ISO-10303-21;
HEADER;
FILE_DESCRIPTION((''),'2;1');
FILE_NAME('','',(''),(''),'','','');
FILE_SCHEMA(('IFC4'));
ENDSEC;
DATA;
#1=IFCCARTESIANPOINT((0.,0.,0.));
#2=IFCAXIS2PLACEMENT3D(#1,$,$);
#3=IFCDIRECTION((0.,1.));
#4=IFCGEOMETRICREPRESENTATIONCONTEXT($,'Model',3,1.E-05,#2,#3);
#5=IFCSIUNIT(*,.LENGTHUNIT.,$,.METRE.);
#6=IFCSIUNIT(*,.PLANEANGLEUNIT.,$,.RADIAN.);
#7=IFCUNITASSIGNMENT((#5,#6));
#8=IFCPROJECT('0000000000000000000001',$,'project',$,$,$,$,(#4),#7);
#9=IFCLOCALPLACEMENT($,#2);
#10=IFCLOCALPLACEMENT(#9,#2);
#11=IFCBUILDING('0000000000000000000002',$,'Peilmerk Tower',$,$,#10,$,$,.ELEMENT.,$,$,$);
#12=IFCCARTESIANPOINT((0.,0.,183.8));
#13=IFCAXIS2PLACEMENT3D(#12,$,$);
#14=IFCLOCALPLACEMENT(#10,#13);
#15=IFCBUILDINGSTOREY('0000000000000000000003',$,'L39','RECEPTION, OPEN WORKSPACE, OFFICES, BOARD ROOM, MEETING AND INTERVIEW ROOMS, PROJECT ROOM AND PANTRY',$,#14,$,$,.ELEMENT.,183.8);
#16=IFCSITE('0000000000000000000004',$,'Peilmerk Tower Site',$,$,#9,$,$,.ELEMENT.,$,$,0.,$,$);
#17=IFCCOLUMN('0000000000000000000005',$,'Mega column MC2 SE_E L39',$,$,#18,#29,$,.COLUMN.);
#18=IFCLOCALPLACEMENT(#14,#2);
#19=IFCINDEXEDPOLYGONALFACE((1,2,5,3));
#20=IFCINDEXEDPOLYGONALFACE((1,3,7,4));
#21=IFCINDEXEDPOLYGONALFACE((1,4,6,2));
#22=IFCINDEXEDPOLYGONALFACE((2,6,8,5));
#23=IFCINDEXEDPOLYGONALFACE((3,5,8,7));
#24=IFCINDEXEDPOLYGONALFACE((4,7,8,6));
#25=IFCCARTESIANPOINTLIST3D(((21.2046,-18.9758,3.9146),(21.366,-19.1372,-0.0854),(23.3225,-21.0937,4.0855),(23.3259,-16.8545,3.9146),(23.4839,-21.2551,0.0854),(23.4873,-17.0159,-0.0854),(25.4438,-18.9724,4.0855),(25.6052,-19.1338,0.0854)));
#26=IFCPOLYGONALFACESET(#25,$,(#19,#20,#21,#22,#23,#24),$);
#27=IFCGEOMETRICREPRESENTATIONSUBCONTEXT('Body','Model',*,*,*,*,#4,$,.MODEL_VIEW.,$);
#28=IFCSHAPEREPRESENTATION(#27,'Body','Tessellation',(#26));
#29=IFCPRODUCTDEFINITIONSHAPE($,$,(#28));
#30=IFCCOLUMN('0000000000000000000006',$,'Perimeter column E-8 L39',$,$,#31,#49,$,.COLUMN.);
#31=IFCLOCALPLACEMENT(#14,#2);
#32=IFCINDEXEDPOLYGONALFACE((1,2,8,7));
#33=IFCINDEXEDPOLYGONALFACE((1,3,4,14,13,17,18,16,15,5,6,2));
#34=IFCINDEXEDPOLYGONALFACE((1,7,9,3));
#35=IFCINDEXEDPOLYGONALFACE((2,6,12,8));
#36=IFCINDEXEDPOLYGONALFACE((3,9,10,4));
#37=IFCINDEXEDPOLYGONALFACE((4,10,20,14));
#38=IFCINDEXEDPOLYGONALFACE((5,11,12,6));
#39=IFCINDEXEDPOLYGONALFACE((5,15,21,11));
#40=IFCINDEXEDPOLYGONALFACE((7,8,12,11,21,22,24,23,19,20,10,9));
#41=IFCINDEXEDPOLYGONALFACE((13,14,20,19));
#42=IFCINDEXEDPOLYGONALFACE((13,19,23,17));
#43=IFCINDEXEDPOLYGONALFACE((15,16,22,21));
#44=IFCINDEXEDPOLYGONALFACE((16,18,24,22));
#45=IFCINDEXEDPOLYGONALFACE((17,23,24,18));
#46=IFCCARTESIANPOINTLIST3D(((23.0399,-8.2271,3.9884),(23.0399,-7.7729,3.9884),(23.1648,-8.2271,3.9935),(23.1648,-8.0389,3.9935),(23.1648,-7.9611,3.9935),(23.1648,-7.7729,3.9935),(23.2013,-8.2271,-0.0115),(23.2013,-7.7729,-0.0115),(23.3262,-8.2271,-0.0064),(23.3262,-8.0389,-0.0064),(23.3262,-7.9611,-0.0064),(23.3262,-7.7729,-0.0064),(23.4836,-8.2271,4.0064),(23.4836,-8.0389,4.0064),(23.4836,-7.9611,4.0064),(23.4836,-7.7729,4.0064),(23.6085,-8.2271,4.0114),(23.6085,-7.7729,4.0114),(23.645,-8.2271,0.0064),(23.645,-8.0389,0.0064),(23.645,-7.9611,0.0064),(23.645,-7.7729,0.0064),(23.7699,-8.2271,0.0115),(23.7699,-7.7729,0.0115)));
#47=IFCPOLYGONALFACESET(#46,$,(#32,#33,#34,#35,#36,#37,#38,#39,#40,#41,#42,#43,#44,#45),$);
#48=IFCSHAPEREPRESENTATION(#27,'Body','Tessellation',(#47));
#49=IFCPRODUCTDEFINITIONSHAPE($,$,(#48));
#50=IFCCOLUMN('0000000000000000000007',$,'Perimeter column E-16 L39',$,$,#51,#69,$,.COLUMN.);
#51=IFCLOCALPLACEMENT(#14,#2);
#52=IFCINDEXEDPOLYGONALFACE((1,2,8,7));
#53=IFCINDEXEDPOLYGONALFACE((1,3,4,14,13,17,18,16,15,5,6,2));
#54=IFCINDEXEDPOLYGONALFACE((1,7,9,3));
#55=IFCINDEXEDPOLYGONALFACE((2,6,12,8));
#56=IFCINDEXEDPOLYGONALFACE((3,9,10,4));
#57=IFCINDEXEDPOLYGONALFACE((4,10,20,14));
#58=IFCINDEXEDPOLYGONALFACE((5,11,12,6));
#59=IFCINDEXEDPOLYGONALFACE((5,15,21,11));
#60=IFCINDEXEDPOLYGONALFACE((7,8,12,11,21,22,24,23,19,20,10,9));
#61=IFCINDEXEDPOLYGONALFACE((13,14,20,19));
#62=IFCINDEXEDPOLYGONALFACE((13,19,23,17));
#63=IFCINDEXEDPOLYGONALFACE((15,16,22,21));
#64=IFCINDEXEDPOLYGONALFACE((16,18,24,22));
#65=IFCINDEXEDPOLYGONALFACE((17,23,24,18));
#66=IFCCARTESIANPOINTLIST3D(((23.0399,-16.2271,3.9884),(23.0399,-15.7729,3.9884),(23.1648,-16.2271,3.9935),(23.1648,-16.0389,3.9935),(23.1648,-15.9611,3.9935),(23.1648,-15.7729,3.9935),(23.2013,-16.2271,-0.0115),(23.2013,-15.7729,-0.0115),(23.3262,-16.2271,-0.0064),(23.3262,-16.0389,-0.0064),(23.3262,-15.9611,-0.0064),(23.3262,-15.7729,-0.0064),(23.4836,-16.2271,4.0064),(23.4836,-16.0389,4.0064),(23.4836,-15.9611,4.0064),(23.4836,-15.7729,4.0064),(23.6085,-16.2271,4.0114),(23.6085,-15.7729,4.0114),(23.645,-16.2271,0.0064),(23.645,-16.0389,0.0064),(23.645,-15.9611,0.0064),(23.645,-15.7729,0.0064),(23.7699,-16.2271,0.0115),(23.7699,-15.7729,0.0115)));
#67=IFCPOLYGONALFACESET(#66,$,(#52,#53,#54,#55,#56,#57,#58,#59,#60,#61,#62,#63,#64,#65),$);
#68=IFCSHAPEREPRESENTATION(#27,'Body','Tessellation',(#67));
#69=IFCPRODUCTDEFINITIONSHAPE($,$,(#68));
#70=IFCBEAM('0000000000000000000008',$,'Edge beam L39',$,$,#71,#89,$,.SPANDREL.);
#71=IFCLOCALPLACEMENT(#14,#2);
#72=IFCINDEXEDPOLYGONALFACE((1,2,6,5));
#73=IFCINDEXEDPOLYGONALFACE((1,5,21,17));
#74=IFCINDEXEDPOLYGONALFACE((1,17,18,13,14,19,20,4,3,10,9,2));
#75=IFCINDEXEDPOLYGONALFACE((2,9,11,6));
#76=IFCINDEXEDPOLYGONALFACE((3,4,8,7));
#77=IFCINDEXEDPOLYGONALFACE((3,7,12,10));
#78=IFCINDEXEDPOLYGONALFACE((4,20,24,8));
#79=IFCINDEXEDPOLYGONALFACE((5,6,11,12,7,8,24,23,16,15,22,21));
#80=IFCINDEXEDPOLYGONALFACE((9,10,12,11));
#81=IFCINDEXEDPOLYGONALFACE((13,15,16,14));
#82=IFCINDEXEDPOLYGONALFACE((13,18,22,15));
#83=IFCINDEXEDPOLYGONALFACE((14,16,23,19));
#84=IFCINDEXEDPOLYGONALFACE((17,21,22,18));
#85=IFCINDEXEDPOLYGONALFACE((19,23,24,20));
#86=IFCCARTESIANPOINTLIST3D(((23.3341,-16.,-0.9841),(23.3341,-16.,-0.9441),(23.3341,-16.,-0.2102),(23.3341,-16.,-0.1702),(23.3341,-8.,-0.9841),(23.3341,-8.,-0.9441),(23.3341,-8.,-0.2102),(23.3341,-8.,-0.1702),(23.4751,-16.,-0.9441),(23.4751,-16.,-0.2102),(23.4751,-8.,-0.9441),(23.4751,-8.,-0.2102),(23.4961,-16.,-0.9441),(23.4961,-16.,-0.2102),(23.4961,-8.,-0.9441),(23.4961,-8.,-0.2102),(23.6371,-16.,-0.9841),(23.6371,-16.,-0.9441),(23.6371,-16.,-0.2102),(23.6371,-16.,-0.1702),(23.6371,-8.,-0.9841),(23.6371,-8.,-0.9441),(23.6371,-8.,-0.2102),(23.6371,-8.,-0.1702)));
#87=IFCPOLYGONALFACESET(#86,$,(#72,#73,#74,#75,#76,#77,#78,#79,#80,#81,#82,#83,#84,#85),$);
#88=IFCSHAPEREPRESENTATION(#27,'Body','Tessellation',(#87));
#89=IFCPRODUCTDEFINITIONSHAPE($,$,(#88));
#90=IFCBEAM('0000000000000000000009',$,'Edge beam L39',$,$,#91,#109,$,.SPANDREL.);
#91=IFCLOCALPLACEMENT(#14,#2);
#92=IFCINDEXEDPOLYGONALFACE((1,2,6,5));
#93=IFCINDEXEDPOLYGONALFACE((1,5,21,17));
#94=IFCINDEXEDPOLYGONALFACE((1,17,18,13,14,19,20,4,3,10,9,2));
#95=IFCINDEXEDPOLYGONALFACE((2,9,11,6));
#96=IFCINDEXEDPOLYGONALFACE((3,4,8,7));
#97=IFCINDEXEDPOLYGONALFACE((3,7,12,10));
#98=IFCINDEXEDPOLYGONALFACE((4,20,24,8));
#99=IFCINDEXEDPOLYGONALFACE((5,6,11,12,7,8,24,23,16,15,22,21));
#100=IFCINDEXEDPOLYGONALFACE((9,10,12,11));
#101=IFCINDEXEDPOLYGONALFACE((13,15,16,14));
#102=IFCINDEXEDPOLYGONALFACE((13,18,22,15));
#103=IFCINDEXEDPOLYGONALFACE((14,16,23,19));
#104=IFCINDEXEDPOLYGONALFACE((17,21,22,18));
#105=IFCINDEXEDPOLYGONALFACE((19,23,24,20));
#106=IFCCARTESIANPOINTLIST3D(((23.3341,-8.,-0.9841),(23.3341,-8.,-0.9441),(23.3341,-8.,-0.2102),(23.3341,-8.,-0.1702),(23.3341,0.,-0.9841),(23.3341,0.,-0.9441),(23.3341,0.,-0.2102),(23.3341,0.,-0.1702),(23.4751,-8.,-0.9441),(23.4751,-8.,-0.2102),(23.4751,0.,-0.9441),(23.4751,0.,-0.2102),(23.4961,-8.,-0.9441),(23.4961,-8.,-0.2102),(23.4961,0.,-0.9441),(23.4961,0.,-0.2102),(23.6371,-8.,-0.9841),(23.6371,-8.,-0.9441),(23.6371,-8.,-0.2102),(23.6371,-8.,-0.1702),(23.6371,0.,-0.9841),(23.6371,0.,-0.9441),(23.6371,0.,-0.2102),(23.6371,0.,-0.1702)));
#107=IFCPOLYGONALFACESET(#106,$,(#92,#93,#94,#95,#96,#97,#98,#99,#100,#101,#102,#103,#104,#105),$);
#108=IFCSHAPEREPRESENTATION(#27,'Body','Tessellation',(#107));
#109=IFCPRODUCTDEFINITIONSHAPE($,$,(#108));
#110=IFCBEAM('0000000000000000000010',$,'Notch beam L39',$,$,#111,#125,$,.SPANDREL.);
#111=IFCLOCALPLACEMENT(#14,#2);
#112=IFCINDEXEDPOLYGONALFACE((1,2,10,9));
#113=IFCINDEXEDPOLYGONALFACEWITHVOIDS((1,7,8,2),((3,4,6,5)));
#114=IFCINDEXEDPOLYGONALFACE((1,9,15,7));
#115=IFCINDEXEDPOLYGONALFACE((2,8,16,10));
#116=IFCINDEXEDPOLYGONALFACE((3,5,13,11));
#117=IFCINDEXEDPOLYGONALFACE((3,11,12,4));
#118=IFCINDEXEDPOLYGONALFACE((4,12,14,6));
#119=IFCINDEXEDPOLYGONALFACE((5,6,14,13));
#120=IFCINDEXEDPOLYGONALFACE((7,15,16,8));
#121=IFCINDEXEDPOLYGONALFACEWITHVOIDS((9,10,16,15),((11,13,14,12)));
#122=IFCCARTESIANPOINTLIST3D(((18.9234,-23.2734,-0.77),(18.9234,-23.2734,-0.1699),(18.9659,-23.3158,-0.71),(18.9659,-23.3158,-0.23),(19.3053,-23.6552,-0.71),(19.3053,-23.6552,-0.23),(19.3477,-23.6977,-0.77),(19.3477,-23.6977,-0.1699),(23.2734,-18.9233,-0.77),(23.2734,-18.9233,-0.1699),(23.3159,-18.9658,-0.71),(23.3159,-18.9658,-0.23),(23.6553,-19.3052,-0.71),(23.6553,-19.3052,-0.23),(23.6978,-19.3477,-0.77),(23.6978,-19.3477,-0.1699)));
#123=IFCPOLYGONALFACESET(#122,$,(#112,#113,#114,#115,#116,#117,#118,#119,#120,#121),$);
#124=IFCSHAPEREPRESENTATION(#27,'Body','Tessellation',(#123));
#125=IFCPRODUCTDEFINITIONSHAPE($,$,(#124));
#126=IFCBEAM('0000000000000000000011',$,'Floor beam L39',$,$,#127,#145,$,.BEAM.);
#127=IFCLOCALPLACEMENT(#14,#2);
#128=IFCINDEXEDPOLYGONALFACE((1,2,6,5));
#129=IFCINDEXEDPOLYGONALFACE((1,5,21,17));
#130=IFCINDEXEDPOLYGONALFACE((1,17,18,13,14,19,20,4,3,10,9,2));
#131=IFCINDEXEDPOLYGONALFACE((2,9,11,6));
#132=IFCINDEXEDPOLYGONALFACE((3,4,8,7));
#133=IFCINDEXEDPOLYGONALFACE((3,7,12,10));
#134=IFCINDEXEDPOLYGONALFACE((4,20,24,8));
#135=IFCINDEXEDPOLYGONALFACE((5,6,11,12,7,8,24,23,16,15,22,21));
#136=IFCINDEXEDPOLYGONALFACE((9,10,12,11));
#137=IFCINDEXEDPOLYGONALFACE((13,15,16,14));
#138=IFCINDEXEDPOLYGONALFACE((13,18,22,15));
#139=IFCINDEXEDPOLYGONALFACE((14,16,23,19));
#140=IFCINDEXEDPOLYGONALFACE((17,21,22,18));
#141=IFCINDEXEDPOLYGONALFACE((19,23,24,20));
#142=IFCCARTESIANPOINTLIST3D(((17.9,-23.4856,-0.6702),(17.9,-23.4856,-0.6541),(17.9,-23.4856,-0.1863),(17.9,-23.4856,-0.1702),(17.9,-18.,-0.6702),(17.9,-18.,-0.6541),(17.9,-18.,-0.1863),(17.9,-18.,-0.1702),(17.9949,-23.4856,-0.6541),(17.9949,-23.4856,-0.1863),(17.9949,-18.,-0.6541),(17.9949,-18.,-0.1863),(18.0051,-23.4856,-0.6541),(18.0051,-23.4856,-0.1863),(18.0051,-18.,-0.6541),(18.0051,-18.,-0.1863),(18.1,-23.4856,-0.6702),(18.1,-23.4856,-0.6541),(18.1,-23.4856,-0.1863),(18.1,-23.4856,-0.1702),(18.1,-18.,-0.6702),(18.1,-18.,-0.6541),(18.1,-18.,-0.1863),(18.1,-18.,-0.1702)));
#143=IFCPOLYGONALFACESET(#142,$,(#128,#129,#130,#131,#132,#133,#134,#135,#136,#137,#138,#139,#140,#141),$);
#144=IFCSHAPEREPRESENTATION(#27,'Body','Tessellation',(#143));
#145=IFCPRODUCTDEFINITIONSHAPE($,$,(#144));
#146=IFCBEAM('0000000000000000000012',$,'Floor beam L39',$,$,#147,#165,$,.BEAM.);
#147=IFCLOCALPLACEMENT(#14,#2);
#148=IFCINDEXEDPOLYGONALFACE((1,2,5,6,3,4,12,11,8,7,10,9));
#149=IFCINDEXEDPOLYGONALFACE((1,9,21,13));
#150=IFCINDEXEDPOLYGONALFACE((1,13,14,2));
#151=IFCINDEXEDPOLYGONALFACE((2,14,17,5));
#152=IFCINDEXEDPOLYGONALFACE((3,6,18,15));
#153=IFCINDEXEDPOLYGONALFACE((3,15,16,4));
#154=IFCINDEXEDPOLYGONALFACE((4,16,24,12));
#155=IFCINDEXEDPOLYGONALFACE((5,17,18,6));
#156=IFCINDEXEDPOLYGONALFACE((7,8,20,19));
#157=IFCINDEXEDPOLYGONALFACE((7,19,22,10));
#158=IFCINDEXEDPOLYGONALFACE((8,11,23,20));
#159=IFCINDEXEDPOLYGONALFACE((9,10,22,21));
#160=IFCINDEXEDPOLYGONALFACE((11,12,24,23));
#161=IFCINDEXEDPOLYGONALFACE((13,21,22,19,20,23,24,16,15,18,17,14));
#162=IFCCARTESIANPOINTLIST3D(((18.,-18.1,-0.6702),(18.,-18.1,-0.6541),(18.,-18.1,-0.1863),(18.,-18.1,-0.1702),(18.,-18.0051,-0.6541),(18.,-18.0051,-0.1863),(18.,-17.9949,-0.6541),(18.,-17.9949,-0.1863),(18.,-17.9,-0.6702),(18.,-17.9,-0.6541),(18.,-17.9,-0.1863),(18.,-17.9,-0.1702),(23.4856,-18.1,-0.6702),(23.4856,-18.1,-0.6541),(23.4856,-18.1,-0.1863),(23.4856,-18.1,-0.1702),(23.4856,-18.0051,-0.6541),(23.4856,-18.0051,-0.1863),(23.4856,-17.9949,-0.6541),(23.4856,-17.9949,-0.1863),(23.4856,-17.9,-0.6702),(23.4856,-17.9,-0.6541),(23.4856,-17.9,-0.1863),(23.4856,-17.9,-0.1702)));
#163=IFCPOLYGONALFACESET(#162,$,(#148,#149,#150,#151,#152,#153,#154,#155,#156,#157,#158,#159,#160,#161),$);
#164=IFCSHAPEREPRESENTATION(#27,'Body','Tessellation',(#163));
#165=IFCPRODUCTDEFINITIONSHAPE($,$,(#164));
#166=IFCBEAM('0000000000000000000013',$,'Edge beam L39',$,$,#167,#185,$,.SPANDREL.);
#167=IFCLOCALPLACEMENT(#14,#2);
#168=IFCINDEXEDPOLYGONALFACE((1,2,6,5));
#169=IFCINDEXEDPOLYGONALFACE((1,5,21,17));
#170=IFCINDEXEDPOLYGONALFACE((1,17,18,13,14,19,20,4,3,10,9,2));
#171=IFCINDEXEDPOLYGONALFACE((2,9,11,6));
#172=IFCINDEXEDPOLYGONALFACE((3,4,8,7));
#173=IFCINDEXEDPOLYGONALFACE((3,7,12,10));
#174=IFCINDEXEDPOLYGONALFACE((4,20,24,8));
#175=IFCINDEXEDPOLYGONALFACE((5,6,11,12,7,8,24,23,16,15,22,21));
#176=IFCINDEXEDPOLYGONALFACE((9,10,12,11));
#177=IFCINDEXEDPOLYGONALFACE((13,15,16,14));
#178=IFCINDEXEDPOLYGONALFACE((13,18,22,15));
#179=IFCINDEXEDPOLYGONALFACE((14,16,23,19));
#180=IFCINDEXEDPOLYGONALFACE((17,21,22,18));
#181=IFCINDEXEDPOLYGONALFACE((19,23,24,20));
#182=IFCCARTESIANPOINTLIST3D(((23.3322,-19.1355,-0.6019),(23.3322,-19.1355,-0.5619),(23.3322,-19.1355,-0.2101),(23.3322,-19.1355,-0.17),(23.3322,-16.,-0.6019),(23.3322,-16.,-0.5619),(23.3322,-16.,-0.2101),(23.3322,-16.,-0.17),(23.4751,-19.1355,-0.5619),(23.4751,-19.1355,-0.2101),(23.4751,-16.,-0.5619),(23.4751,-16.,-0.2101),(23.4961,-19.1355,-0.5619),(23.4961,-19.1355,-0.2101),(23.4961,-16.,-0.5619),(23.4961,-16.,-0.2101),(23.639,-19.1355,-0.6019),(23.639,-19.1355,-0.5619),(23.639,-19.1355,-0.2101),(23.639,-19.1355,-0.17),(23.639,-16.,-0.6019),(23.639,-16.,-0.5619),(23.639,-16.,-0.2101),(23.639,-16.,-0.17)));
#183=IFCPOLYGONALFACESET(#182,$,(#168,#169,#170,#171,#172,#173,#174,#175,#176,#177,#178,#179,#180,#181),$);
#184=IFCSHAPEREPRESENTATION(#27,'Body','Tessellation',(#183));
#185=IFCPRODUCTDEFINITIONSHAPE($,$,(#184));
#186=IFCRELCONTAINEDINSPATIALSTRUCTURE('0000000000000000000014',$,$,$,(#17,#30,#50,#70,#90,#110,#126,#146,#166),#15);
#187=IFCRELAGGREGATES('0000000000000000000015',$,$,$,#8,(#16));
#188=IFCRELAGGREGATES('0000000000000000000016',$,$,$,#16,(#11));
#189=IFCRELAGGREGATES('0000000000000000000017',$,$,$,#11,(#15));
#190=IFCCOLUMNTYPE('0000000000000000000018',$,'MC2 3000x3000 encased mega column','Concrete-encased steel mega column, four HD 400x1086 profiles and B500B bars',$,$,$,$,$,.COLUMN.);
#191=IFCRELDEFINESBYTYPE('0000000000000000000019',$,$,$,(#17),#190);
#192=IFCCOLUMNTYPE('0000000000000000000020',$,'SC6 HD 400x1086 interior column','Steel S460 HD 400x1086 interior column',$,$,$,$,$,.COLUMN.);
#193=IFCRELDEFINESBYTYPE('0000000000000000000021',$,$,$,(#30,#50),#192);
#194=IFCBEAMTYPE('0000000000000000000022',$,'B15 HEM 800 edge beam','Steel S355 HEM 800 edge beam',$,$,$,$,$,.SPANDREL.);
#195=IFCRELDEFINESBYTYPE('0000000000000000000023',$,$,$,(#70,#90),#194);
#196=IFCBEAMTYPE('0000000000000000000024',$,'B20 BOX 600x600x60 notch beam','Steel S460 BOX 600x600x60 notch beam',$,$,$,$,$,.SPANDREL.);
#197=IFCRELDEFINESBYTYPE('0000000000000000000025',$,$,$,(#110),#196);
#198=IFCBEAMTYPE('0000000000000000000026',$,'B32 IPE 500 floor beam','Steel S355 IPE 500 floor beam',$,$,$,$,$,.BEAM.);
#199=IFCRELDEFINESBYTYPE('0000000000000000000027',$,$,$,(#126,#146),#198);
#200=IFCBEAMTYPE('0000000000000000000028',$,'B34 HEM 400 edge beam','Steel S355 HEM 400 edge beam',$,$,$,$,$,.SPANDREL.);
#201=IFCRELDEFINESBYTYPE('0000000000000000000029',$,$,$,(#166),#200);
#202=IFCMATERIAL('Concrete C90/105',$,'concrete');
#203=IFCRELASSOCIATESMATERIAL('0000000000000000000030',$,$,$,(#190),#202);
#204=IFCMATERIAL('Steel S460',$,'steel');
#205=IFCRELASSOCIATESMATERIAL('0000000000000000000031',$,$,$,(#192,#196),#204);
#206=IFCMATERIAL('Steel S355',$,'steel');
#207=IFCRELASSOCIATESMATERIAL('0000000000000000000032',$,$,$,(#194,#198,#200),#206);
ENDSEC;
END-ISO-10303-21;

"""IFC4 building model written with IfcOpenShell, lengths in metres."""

from ifc_helpers import new_model, si_unit, direction, frame, origin, origin_2d, place, context, subcontext, project, spatial, rectangle, hollow_rectangle, i_section, extrude, material, material_profile, profile_set, type_object, element, save


model = new_model("IFC4")

# Units and contexts
model_context = context("Model", 3, precision=1e-05, world=origin(), true_north=direction((0.0, 1.0)))
body_context = subcontext(model_context, "Body", "Model", "MODEL_VIEW")
ifc_project = project(units=[si_unit("LENGTHUNIT", "METRE"), si_unit("PLANEANGLEUNIT", "RADIAN")], contexts=[model_context])

# Site, building, storey
site_placement = place(None, origin())
site = spatial("IfcSite", under=ifc_project, at=site_placement, Name="Peilmerk Tower Site", CompositionType="ELEMENT", RefElevation=0.0)
building_placement = place(site_placement, origin())
building = spatial("IfcBuilding", under=site, at=building_placement, Name="Peilmerk Tower", CompositionType="ELEMENT")
storey_placement = place(building_placement, frame((0.0, 0.0, 183.8)))
storey = spatial("IfcBuildingStorey", under=building, at=storey_placement, Name="L39", Description="RECEPTION, OPEN WORKSPACE, OFFICES, BOARD ROOM, MEETING AND INTERVIEW ROOMS, PROJECT ROOM AND PANTRY", CompositionType="ELEMENT", Elevation=183.8)

# Columns
ifc_material_1 = material(Name="Concrete C90/105", Category="concrete")
ifc_material_profile_1 = material_profile(ifc_material_1, rectangle(XDim=3.0, YDim=3.0, at=origin_2d()), Name="RC 3000x3000")
ifc_profile_set_1 = profile_set([ifc_material_profile_1], Name="Concrete C90/105")
column_type_1 = type_object("IfcColumnType", Name="MC2 3000x3000 encased mega column", Description="Concrete-encased steel mega column, four HD 400x1086 profiles and B500B bars", PredefinedType="COLUMN", material=ifc_profile_set_1)
column_placement = place(storey_placement, frame((23.4856, -19.1355, 0.0), z_axis=(-0.040279, 0.040279, 0.998376), x_axis=(-0.707107, -0.707107, 0.0)))
element("IfcColumn", 1, at=column_placement, inside=storey, type_object=column_type_1, Name="Mega column MC2 SE_E L39", PredefinedType="COLUMN", context=body_context, shape_type="SweptSolid", body=[
    extrude(rectangle(XDim=3.0, YDim=3.0, at=origin_2d()), origin(), (0.0, 0.0, 1.0), 4.0066),
])
ifc_material_2 = material(Name="Steel S460", Category="steel")
ifc_material_profile_2 = material_profile(ifc_material_2, i_section(OverallWidth=0.4541, OverallDepth=0.5691, WebThickness=0.0779, FlangeThickness=0.125, at=origin_2d()), Name="HD 400x1086")
ifc_profile_set_2 = profile_set([ifc_material_profile_2], Name="Steel S460")
column_type_2 = type_object("IfcColumnType", Name="SC6 HD 400x1086 interior column", Description="Steel S460 HD 400x1086 interior column", PredefinedType="COLUMN", material=ifc_profile_set_2)
for number, where, z_axis, x_axis, name in (
    (2, (23.4856, -8.0, 0.0), (-0.040311, 0.0, 0.999187), (0.0, -1.0, 0.0), "Perimeter column E-8 L39"),
    (3, (23.4856, -16.0, 0.0), (-0.040311, 0.0, 0.999187), (0.0, -1.0, 0.0), "Perimeter column E-16 L39"),
):
    element("IfcColumn", number, at=place(storey_placement, frame(where, z_axis=z_axis, x_axis=x_axis)), inside=storey, type_object=column_type_2, Name=name, PredefinedType="COLUMN", context=body_context, shape_type="SweptSolid", body=[
        extrude(i_section(OverallWidth=0.4541, OverallDepth=0.5691, WebThickness=0.0779, FlangeThickness=0.125, at=origin_2d()), origin(), (0.0, 0.0, 1.0), 4.0032),
    ])

# Beams
ifc_material_3 = material(Name="Steel S355", Category="steel")
ifc_material_profile_3 = material_profile(ifc_material_3, i_section(OverallWidth=0.303, OverallDepth=0.814, WebThickness=0.021, FlangeThickness=0.04, at=origin_2d()), Name="HEM 800")
ifc_profile_set_3 = profile_set([ifc_material_profile_3], Name="Steel S355")
beam_type_1 = type_object("IfcBeamType", Name="B15 HEM 800 edge beam", Description="Steel S355 HEM 800 edge beam", PredefinedType="SPANDREL", material=ifc_profile_set_3)
for number, where, z_axis, x_axis, name in (
    (4, (23.4856, -16.0, -0.5771), (0.0, 1.0, 0.0), (-1.0, 0.0, 0.0), "Edge beam L39"),
    (5, (23.4856, -8.0, -0.5771), (0.0, 1.0, 0.0), (-1.0, 0.0, 0.0), "Edge beam L39"),
):
    element("IfcBeam", number, at=place(storey_placement, frame(where, z_axis=z_axis, x_axis=x_axis)), inside=storey, type_object=beam_type_1, Name=name, PredefinedType="SPANDREL", context=body_context, shape_type="SweptSolid", body=[
        extrude(i_section(OverallWidth=0.303, OverallDepth=0.814, WebThickness=0.021, FlangeThickness=0.04, at=origin_2d()), origin(), (0.0, 0.0, 1.0), 8.0),
    ])
ifc_material_profile_4 = material_profile(ifc_material_2, hollow_rectangle(XDim=0.6001, YDim=0.6001, WallThickness=0.0601, at=origin_2d()), Name="BOX 600x600x60")
ifc_profile_set_4 = profile_set([ifc_material_profile_4], Name="Steel S460")
beam_type_2 = type_object("IfcBeamType", Name="B20 BOX 600x600x60 notch beam", Description="Steel S460 BOX 600x600x60 notch beam", PredefinedType="SPANDREL", material=ifc_profile_set_4)
beam_1_placement = place(storey_placement, frame((23.4856, -19.1355, -0.47), z_axis=(-0.707107, -0.707107, 0.0), x_axis=(0.707107, -0.707107, 0.0)))
element("IfcBeam", 6, at=beam_1_placement, inside=storey, type_object=beam_type_2, Name="Notch beam L39", PredefinedType="SPANDREL", context=body_context, shape_type="SweptSolid", body=[
    extrude(hollow_rectangle(XDim=0.6001, YDim=0.6001, WallThickness=0.0601, at=origin_2d()), origin(), (0.0, 0.0, 1.0), 6.1519),
])
ifc_material_profile_5 = material_profile(ifc_material_3, i_section(OverallWidth=0.2, OverallDepth=0.5, WebThickness=0.0103, FlangeThickness=0.0161, at=origin_2d()), Name="IPE 500")
ifc_profile_set_5 = profile_set([ifc_material_profile_5], Name="Steel S355")
beam_type_3 = type_object("IfcBeamType", Name="B32 IPE 500 floor beam", Description="Steel S355 IPE 500 floor beam", PredefinedType="BEAM", material=ifc_profile_set_5)
for number, where, z_axis, x_axis, name in (
    (7, (18.0, -18.0, -0.4202), (0.0, -1.0, 0.0), (1.0, 0.0, 0.0), "Floor beam L39"),
    (8, (18.0, -18.0, -0.4202), (1.0, 0.0, 0.0), (0.0, 1.0, 0.0), "Floor beam L39"),
):
    element("IfcBeam", number, at=place(storey_placement, frame(where, z_axis=z_axis, x_axis=x_axis)), inside=storey, type_object=beam_type_3, Name=name, PredefinedType="BEAM", context=body_context, shape_type="SweptSolid", body=[
        extrude(i_section(OverallWidth=0.2, OverallDepth=0.5, WebThickness=0.0103, FlangeThickness=0.0161, at=origin_2d()), origin(), (0.0, 0.0, 1.0), 5.4856),
    ])
ifc_material_profile_6 = material_profile(ifc_material_3, i_section(OverallWidth=0.3069, OverallDepth=0.4319, WebThickness=0.021, FlangeThickness=0.04, at=origin_2d()), Name="HEM 400")
ifc_profile_set_6 = profile_set([ifc_material_profile_6], Name="Steel S355")
beam_type_4 = type_object("IfcBeamType", Name="B34 HEM 400 edge beam", Description="Steel S355 HEM 400 edge beam", PredefinedType="SPANDREL", material=ifc_profile_set_6)
beam_2_placement = place(storey_placement, frame((23.4856, -19.1355, -0.386), z_axis=(0.0, 1.0, 0.0), x_axis=(-1.0, 0.0, 0.0)))
element("IfcBeam", 9, at=beam_2_placement, inside=storey, type_object=beam_type_4, Name="Edge beam L39", PredefinedType="SPANDREL", context=body_context, shape_type="SweptSolid", body=[
    extrude(i_section(OverallWidth=0.3069, OverallDepth=0.4319, WebThickness=0.021, FlangeThickness=0.04, at=origin_2d()), origin(), (0.0, 0.0, 1.0), 3.1355),
])

save(model, "model.ifc")
